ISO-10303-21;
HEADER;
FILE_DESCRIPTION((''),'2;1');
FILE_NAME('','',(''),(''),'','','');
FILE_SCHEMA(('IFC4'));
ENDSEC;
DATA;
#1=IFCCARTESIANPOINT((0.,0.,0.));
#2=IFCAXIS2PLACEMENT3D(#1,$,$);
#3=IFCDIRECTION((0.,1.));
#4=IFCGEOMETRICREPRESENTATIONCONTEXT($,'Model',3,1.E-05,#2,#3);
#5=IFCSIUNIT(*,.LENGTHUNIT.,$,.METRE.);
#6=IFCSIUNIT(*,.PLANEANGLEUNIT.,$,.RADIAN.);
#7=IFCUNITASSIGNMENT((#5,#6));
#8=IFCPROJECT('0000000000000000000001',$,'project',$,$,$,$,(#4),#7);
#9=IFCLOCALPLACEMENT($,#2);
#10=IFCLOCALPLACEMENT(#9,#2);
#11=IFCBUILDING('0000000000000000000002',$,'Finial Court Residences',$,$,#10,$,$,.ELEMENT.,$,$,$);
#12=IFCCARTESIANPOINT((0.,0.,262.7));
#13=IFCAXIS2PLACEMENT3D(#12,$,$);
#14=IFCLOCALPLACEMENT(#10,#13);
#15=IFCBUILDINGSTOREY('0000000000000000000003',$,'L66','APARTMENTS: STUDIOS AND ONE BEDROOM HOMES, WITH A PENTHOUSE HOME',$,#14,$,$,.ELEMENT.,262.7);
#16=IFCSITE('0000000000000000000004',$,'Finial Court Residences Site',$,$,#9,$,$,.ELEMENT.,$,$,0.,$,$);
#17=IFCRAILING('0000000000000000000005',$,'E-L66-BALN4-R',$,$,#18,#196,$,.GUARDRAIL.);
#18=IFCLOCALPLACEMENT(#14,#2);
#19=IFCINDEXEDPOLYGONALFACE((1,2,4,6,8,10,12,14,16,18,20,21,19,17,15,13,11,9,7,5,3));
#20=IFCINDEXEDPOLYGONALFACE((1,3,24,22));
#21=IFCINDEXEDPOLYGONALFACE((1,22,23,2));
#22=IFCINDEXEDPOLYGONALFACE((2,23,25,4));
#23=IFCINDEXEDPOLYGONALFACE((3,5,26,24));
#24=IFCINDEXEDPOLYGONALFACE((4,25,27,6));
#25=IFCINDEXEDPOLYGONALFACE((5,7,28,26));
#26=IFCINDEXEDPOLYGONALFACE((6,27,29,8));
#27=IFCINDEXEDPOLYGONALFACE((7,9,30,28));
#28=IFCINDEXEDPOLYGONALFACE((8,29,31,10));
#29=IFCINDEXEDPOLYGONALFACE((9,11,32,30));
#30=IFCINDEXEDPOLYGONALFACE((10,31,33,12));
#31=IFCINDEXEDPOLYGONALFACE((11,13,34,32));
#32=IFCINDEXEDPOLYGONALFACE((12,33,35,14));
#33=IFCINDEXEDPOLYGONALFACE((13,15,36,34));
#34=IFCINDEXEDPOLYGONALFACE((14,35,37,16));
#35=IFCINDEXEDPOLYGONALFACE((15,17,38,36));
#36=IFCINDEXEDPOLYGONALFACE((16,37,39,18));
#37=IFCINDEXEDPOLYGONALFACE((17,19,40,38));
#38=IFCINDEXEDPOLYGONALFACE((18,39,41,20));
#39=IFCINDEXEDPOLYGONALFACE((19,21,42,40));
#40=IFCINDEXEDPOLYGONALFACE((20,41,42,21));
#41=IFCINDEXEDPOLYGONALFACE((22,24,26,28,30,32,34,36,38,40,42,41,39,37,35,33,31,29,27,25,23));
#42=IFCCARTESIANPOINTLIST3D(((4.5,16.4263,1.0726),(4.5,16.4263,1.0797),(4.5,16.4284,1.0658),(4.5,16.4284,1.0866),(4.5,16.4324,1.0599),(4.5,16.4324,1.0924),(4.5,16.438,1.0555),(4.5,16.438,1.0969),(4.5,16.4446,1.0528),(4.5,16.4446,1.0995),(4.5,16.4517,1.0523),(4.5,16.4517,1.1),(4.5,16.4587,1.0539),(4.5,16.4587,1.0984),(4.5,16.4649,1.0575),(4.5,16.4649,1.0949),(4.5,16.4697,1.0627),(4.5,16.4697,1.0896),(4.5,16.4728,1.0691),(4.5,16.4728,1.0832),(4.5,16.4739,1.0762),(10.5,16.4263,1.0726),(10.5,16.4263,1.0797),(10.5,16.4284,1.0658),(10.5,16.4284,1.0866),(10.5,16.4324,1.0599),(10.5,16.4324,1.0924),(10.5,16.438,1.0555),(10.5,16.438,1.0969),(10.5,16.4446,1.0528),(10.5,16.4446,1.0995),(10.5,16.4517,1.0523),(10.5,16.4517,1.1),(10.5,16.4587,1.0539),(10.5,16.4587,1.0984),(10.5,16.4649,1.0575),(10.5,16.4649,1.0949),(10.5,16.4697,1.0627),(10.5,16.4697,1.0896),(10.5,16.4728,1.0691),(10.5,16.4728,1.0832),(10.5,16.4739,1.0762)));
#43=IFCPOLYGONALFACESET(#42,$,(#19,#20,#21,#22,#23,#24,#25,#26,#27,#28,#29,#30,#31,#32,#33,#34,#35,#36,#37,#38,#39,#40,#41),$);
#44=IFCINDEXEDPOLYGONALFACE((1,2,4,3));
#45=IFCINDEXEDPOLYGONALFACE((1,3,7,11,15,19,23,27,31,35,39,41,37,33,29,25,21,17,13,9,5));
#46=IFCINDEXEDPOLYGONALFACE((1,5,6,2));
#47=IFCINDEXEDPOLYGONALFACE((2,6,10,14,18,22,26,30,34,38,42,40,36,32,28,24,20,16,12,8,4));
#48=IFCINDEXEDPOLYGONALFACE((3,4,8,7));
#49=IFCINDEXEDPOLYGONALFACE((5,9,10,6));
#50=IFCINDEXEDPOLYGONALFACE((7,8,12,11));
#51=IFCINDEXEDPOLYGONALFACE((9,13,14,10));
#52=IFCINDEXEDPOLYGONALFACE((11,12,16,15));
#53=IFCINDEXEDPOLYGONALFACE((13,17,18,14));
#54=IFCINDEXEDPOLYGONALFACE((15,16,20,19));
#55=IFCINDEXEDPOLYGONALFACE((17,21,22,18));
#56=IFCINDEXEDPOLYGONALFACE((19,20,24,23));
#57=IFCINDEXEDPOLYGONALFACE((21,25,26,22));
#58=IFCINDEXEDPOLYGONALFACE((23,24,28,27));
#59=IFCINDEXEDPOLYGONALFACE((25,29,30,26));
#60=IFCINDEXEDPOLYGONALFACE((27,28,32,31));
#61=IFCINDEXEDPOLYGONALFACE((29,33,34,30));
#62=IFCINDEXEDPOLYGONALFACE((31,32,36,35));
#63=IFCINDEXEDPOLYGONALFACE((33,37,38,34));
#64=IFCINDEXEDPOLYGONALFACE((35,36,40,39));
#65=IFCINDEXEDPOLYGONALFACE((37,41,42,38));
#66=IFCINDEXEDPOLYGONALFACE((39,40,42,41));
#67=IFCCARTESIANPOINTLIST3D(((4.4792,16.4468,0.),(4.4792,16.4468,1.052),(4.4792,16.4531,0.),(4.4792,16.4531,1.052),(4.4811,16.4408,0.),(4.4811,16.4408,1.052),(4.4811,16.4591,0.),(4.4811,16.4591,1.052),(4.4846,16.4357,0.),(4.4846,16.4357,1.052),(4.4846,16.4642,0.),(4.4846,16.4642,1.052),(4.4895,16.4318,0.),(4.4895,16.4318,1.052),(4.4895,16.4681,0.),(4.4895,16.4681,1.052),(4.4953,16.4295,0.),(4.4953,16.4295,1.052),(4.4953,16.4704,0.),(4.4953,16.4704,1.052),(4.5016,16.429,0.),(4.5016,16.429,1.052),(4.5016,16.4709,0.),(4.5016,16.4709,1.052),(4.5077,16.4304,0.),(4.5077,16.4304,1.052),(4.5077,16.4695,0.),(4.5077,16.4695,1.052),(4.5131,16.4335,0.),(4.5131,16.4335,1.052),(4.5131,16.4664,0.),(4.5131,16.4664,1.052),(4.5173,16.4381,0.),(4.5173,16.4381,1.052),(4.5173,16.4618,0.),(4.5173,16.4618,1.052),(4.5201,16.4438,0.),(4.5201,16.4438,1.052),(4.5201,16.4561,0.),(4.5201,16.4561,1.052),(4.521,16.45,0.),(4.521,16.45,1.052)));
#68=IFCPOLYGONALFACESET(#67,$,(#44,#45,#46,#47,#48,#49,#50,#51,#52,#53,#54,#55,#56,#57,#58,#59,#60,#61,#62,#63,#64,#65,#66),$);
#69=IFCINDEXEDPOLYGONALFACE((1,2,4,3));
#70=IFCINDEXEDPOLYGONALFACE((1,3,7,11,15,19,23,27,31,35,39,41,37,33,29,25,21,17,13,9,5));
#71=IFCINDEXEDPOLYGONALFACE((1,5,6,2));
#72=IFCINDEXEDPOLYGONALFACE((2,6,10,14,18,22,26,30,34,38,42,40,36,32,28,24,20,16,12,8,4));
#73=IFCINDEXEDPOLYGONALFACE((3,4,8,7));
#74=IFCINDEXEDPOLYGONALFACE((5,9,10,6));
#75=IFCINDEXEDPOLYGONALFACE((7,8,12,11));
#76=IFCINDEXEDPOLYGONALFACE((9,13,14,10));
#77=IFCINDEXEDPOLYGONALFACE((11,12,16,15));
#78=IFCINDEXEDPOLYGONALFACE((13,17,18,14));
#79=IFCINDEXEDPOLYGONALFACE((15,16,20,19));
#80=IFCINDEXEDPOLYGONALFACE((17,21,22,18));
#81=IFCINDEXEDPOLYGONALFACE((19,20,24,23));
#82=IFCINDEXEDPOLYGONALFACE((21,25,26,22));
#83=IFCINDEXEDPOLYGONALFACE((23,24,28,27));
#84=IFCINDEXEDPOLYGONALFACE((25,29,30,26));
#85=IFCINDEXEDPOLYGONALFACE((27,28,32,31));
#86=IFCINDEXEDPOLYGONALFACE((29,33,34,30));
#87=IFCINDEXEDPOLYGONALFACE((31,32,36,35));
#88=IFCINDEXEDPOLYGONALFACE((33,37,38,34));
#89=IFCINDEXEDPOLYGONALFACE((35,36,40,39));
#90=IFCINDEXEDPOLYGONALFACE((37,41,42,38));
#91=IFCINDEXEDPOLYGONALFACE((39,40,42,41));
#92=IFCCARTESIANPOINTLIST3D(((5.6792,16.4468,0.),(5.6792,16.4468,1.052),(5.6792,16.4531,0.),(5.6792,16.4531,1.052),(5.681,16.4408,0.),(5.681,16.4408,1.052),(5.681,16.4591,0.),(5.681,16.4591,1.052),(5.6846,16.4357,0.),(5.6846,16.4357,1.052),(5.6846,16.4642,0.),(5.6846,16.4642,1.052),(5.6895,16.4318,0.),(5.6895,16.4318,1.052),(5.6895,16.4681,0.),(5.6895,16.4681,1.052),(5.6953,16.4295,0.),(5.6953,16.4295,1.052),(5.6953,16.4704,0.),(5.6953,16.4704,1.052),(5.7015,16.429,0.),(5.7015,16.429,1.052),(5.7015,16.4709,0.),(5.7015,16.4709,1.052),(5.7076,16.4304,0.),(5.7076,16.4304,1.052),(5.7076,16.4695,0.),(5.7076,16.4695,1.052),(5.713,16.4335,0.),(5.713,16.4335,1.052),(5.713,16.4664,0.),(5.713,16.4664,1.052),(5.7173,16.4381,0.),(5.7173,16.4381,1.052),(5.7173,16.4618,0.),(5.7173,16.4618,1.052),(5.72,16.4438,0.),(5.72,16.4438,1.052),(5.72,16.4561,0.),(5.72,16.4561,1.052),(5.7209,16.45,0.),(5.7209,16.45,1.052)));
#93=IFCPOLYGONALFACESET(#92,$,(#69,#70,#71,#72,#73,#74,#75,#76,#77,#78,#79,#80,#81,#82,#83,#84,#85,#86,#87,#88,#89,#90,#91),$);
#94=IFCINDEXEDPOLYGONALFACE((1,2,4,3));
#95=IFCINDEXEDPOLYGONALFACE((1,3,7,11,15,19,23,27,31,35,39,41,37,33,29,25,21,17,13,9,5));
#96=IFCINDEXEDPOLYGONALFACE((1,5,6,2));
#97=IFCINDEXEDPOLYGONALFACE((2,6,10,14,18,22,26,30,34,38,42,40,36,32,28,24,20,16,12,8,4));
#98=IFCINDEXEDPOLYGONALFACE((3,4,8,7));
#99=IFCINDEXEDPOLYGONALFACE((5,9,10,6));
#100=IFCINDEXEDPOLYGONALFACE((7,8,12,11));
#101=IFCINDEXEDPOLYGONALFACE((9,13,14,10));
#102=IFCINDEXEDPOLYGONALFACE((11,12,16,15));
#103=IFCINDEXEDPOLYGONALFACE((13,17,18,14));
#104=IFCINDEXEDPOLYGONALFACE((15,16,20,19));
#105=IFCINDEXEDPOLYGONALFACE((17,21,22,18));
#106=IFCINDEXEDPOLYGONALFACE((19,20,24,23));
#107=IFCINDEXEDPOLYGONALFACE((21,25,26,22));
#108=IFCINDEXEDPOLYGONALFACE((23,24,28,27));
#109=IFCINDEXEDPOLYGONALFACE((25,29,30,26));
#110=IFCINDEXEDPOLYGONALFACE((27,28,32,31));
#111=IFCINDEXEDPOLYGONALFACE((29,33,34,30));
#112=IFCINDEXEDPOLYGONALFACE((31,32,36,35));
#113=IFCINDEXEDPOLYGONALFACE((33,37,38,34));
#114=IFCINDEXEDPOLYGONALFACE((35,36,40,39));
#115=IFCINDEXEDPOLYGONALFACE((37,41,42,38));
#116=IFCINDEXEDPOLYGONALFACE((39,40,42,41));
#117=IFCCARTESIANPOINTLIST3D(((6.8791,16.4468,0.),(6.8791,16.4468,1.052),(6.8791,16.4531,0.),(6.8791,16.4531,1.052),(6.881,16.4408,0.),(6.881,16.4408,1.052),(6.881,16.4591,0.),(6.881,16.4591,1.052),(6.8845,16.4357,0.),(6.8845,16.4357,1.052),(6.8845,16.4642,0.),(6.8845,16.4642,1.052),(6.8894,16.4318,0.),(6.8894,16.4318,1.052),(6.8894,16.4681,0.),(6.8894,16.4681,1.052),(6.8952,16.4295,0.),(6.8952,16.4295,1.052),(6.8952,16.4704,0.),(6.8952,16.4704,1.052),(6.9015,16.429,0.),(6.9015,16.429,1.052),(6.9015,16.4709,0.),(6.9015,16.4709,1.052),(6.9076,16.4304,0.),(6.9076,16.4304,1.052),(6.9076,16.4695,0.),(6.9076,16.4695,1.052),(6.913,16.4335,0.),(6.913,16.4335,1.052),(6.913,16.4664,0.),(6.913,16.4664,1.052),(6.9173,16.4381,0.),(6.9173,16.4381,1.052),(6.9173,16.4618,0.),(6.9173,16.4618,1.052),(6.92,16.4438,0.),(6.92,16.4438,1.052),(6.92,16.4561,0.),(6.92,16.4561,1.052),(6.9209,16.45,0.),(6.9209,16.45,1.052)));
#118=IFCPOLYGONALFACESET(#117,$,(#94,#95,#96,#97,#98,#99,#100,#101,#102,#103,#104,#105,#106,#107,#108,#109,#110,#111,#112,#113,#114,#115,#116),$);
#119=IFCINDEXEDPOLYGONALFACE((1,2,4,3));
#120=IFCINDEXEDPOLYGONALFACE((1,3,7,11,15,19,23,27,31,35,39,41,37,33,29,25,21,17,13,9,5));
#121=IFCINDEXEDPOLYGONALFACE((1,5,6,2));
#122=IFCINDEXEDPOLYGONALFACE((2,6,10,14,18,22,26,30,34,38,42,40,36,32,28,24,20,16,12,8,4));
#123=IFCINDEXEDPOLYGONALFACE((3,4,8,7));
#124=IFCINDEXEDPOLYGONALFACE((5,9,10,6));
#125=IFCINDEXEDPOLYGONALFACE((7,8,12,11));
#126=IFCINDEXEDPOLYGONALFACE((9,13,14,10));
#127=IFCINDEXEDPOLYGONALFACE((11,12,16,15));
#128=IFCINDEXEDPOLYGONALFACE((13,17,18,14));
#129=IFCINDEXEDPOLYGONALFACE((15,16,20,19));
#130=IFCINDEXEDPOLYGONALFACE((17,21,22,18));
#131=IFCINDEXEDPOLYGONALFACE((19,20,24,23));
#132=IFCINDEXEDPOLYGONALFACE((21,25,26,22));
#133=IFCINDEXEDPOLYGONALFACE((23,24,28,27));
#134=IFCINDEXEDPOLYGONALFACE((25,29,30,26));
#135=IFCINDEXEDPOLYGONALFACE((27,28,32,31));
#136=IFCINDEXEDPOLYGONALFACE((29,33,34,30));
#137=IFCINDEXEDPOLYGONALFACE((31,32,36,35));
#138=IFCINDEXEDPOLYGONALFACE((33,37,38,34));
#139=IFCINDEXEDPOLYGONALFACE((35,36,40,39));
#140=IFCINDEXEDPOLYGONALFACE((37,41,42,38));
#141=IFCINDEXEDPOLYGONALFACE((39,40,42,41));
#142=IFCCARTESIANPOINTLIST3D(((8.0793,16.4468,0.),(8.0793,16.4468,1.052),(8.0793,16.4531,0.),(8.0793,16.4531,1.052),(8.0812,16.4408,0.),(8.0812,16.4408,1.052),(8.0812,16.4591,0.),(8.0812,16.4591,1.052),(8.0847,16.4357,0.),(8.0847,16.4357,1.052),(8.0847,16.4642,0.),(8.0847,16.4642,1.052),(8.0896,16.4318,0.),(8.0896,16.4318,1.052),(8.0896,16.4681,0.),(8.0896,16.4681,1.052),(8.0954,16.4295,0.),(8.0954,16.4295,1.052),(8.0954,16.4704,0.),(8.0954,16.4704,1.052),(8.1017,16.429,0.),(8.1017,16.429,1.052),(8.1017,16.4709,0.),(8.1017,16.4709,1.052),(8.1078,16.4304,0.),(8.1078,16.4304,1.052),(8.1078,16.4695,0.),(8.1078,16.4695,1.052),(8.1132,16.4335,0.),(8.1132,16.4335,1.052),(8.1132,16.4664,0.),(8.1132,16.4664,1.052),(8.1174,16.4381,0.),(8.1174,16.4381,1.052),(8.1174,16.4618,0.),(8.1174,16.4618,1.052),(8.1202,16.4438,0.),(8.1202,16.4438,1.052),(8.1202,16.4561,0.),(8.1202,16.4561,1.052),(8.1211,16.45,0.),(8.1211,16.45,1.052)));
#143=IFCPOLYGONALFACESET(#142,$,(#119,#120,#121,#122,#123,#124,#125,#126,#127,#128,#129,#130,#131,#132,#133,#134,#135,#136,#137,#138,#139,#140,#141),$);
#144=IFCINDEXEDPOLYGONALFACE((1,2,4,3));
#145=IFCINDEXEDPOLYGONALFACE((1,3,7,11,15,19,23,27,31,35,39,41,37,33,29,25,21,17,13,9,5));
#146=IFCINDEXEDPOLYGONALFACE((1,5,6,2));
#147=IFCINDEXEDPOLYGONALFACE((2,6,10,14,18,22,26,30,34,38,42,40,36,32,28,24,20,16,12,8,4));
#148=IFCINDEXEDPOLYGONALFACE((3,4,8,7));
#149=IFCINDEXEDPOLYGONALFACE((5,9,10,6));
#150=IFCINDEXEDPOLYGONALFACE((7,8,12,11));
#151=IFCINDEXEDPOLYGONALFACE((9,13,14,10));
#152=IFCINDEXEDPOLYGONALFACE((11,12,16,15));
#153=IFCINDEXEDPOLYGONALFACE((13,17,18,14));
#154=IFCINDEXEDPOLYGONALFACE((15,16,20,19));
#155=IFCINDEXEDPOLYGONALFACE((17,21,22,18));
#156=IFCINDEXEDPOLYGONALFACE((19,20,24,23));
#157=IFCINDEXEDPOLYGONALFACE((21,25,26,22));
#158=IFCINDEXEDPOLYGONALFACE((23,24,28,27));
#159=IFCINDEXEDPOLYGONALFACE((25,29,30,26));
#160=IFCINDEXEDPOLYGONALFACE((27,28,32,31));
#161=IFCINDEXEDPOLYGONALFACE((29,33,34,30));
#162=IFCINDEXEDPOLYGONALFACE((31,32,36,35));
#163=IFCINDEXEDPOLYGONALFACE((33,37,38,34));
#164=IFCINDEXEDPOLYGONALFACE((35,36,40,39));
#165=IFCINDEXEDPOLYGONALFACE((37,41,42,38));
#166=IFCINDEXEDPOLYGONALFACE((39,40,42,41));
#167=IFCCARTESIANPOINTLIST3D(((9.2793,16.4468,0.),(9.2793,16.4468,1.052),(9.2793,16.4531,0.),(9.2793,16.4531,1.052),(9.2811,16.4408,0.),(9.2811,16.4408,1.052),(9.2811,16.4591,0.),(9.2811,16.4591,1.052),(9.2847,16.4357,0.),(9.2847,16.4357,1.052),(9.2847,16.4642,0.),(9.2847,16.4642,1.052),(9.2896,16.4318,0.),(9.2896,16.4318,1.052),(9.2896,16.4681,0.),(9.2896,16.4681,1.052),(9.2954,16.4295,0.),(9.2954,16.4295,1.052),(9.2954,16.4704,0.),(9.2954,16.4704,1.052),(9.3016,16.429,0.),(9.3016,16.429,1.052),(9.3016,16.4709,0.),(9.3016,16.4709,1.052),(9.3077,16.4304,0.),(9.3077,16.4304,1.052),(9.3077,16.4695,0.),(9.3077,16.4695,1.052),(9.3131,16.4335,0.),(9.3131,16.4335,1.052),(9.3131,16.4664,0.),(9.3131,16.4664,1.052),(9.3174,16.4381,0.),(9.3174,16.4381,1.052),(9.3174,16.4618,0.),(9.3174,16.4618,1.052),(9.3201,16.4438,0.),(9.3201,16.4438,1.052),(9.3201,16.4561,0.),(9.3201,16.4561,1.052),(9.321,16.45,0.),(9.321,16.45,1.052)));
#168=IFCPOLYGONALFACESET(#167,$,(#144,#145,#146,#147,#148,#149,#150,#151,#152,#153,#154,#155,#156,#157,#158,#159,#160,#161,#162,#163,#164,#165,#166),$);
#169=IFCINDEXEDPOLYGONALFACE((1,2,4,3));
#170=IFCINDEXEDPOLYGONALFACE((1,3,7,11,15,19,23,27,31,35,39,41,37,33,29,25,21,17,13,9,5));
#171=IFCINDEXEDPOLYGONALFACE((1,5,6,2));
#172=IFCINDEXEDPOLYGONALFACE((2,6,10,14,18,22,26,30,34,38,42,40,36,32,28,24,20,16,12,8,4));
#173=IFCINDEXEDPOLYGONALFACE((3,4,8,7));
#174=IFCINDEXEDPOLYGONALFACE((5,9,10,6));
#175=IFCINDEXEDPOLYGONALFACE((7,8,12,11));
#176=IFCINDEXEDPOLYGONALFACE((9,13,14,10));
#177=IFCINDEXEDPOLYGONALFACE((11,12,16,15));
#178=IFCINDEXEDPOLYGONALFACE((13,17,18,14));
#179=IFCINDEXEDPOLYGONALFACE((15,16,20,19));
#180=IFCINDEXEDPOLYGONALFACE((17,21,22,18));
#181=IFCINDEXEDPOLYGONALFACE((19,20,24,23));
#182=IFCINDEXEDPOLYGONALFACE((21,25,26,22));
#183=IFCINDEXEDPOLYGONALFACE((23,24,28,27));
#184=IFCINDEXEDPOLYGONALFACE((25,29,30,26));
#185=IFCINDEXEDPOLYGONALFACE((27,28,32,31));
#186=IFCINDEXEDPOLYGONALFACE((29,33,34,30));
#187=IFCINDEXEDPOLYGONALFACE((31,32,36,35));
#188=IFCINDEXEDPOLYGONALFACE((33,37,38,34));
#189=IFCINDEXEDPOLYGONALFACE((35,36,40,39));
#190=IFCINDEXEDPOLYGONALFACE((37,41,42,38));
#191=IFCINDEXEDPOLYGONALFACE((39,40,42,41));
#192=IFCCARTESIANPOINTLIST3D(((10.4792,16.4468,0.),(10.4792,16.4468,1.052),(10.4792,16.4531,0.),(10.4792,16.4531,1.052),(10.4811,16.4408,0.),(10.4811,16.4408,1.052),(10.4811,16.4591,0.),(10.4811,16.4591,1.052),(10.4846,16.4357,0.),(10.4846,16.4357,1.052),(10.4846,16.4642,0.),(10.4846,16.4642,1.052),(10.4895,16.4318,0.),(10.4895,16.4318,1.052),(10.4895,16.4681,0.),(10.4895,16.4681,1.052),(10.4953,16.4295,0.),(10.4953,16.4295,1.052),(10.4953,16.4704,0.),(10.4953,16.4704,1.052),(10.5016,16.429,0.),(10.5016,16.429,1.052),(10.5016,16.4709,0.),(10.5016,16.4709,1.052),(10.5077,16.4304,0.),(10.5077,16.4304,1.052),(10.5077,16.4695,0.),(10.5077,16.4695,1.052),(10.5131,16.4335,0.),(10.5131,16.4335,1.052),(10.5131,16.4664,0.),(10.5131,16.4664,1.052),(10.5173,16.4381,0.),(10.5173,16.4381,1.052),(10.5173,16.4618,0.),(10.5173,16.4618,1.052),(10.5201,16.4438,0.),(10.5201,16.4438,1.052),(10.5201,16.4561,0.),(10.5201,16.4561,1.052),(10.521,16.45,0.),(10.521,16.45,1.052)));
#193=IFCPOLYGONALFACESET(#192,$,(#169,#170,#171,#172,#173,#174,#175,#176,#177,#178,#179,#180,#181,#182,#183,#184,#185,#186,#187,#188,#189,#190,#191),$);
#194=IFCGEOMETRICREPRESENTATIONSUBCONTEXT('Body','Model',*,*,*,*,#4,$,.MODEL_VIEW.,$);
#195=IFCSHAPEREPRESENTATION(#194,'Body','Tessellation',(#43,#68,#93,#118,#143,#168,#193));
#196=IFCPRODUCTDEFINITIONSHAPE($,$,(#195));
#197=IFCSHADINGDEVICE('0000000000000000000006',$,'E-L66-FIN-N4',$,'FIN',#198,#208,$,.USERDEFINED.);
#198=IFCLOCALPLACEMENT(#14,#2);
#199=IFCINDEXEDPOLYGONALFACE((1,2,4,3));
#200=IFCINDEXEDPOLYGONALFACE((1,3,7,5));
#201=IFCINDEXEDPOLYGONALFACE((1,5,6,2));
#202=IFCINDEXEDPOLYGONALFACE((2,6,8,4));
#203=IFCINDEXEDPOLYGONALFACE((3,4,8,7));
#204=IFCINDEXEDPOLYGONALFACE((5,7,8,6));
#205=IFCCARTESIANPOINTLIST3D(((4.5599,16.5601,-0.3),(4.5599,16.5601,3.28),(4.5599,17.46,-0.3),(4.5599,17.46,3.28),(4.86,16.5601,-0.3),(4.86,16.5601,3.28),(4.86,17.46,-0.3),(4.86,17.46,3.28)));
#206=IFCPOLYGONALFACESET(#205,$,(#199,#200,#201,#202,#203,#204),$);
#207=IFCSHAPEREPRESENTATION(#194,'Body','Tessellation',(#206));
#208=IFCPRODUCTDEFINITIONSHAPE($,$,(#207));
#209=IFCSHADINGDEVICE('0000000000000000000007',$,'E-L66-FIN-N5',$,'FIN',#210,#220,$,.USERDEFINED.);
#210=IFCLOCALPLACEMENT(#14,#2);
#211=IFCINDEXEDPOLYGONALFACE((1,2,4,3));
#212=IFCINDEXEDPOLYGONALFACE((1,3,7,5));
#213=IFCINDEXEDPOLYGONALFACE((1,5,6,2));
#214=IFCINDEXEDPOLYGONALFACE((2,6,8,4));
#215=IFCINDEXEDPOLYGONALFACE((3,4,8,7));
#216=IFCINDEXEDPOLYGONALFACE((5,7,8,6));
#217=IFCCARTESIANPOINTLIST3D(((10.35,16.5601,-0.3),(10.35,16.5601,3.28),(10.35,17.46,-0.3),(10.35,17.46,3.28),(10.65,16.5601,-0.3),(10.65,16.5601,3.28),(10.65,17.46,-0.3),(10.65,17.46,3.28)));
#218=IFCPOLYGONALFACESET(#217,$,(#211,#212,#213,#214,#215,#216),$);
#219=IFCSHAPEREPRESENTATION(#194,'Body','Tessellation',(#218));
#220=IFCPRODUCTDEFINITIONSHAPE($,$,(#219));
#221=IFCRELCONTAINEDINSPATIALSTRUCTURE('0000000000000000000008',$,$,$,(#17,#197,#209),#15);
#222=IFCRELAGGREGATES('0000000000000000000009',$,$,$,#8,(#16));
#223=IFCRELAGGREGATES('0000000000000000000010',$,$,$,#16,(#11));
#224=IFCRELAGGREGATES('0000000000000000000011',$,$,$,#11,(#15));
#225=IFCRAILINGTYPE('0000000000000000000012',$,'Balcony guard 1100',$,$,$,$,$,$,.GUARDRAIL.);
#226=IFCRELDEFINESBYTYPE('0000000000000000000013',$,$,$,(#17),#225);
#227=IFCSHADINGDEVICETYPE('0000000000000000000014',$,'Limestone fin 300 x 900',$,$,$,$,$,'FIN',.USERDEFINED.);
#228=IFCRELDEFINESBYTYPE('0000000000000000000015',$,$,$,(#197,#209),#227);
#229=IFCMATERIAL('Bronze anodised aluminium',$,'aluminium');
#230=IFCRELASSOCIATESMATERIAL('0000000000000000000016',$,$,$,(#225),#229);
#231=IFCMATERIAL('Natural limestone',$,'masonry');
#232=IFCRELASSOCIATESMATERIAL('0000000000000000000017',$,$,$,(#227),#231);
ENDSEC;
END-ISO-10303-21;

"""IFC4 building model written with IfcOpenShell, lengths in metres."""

from ifc_helpers import new_model, si_unit, direction, frame, origin, origin_2d, place, context, subcontext, project, spatial, rectangle, circle, extrude, material, type_object, element, save


model = new_model("IFC4")

# Units and contexts
model_context = context("Model", 3, precision=1e-05, world=origin(), true_north=direction((0.0, 1.0)))
body_context = subcontext(model_context, "Body", "Model", "MODEL_VIEW")
ifc_project = project(units=[si_unit("LENGTHUNIT", "METRE"), si_unit("PLANEANGLEUNIT", "RADIAN")], contexts=[model_context])

# Site, building, storey
site_placement = place(None, origin())
site = spatial("IfcSite", under=ifc_project, at=site_placement, Name="Finial Court Residences Site", CompositionType="ELEMENT", RefElevation=0.0)
building_placement = place(site_placement, origin())
building = spatial("IfcBuilding", under=site, at=building_placement, Name="Finial Court Residences", CompositionType="ELEMENT")
storey_placement = place(building_placement, frame((0.0, 0.0, 262.7)))
storey = spatial("IfcBuildingStorey", under=building, at=storey_placement, Name="L66", Description="APARTMENTS: STUDIOS AND ONE BEDROOM HOMES, WITH A PENTHOUSE HOME", CompositionType="ELEMENT", Elevation=262.7)

# Shared definitions
ifc_material_1 = material(Name="Bronze anodised aluminium", Category="aluminium")

# Shared definitions
ifc_material_2 = material(Name="Natural limestone", Category="masonry")

# Railing
railing_type = type_object("IfcRailingType", Name="Balcony guard 1100", PredefinedType="GUARDRAIL", material=ifc_material_1)
railing_placement = place(storey_placement, frame((4.5, 16.45, 0.0)))
element("IfcRailing", 1, at=railing_placement, inside=storey, type_object=railing_type, Name="E-L66-BALN4-R", PredefinedType="GUARDRAIL", context=body_context, shape_type="SweptSolid", body=[
    extrude(circle(Radius=0.0239, at=origin_2d()), frame((0.0, 0.0, 1.0762), z_axis=(1.0, 0.0, 0.0), x_axis=(0.0, 1.0, 0.0)), (0.0, 0.0, 1.0), 6.0),
    extrude(circle(Radius=0.021, at=origin_2d()), origin(), (0.0, 0.0, 1.0), 1.052),
    extrude(circle(Radius=0.021, at=origin_2d()), frame((1.2, 0.0, 0.0)), (0.0, 0.0, 1.0), 1.052),
    extrude(circle(Radius=0.021, at=origin_2d()), frame((2.3999, 0.0, 0.0)), (0.0, 0.0, 1.0), 1.052),
    extrude(circle(Radius=0.021, at=origin_2d()), frame((3.6001, 0.0, 0.0)), (0.0, 0.0, 1.0), 1.052),
    extrude(circle(Radius=0.021, at=origin_2d()), frame((4.8, 0.0, 0.0)), (0.0, 0.0, 1.0), 1.052),
    extrude(circle(Radius=0.021, at=origin_2d()), frame((6.0, 0.0, 0.0)), (0.0, 0.0, 1.0), 1.052),
])

# Shading devices
shading_device_type = type_object("IfcShadingDeviceType", Name="Limestone fin 300 x 900", ElementType="FIN", PredefinedType="USERDEFINED", material=ifc_material_2)
for number, where, z_axis, x_axis, name in (
    (2, (4.71, 17.01, -0.3), (0.0, 0.0, 1.0), (1.0, 0.0, 0.0), "E-L66-FIN-N4"),
    (3, (10.5, 17.01, -0.3), (0.0, 0.0, 1.0), (1.0, 0.0, 0.0), "E-L66-FIN-N5"),
):
    element("IfcShadingDevice", number, at=place(storey_placement, frame(where, z_axis=z_axis, x_axis=x_axis)), inside=storey, type_object=shading_device_type, Name=name, ObjectType="FIN", PredefinedType="USERDEFINED", context=body_context, shape_type="SweptSolid", body=[
        extrude(rectangle(XDim=0.3, YDim=0.8999, at=origin_2d()), origin(), (0.0, 0.0, 1.0), 3.5801),
    ])

save(model, "model.ifc")
